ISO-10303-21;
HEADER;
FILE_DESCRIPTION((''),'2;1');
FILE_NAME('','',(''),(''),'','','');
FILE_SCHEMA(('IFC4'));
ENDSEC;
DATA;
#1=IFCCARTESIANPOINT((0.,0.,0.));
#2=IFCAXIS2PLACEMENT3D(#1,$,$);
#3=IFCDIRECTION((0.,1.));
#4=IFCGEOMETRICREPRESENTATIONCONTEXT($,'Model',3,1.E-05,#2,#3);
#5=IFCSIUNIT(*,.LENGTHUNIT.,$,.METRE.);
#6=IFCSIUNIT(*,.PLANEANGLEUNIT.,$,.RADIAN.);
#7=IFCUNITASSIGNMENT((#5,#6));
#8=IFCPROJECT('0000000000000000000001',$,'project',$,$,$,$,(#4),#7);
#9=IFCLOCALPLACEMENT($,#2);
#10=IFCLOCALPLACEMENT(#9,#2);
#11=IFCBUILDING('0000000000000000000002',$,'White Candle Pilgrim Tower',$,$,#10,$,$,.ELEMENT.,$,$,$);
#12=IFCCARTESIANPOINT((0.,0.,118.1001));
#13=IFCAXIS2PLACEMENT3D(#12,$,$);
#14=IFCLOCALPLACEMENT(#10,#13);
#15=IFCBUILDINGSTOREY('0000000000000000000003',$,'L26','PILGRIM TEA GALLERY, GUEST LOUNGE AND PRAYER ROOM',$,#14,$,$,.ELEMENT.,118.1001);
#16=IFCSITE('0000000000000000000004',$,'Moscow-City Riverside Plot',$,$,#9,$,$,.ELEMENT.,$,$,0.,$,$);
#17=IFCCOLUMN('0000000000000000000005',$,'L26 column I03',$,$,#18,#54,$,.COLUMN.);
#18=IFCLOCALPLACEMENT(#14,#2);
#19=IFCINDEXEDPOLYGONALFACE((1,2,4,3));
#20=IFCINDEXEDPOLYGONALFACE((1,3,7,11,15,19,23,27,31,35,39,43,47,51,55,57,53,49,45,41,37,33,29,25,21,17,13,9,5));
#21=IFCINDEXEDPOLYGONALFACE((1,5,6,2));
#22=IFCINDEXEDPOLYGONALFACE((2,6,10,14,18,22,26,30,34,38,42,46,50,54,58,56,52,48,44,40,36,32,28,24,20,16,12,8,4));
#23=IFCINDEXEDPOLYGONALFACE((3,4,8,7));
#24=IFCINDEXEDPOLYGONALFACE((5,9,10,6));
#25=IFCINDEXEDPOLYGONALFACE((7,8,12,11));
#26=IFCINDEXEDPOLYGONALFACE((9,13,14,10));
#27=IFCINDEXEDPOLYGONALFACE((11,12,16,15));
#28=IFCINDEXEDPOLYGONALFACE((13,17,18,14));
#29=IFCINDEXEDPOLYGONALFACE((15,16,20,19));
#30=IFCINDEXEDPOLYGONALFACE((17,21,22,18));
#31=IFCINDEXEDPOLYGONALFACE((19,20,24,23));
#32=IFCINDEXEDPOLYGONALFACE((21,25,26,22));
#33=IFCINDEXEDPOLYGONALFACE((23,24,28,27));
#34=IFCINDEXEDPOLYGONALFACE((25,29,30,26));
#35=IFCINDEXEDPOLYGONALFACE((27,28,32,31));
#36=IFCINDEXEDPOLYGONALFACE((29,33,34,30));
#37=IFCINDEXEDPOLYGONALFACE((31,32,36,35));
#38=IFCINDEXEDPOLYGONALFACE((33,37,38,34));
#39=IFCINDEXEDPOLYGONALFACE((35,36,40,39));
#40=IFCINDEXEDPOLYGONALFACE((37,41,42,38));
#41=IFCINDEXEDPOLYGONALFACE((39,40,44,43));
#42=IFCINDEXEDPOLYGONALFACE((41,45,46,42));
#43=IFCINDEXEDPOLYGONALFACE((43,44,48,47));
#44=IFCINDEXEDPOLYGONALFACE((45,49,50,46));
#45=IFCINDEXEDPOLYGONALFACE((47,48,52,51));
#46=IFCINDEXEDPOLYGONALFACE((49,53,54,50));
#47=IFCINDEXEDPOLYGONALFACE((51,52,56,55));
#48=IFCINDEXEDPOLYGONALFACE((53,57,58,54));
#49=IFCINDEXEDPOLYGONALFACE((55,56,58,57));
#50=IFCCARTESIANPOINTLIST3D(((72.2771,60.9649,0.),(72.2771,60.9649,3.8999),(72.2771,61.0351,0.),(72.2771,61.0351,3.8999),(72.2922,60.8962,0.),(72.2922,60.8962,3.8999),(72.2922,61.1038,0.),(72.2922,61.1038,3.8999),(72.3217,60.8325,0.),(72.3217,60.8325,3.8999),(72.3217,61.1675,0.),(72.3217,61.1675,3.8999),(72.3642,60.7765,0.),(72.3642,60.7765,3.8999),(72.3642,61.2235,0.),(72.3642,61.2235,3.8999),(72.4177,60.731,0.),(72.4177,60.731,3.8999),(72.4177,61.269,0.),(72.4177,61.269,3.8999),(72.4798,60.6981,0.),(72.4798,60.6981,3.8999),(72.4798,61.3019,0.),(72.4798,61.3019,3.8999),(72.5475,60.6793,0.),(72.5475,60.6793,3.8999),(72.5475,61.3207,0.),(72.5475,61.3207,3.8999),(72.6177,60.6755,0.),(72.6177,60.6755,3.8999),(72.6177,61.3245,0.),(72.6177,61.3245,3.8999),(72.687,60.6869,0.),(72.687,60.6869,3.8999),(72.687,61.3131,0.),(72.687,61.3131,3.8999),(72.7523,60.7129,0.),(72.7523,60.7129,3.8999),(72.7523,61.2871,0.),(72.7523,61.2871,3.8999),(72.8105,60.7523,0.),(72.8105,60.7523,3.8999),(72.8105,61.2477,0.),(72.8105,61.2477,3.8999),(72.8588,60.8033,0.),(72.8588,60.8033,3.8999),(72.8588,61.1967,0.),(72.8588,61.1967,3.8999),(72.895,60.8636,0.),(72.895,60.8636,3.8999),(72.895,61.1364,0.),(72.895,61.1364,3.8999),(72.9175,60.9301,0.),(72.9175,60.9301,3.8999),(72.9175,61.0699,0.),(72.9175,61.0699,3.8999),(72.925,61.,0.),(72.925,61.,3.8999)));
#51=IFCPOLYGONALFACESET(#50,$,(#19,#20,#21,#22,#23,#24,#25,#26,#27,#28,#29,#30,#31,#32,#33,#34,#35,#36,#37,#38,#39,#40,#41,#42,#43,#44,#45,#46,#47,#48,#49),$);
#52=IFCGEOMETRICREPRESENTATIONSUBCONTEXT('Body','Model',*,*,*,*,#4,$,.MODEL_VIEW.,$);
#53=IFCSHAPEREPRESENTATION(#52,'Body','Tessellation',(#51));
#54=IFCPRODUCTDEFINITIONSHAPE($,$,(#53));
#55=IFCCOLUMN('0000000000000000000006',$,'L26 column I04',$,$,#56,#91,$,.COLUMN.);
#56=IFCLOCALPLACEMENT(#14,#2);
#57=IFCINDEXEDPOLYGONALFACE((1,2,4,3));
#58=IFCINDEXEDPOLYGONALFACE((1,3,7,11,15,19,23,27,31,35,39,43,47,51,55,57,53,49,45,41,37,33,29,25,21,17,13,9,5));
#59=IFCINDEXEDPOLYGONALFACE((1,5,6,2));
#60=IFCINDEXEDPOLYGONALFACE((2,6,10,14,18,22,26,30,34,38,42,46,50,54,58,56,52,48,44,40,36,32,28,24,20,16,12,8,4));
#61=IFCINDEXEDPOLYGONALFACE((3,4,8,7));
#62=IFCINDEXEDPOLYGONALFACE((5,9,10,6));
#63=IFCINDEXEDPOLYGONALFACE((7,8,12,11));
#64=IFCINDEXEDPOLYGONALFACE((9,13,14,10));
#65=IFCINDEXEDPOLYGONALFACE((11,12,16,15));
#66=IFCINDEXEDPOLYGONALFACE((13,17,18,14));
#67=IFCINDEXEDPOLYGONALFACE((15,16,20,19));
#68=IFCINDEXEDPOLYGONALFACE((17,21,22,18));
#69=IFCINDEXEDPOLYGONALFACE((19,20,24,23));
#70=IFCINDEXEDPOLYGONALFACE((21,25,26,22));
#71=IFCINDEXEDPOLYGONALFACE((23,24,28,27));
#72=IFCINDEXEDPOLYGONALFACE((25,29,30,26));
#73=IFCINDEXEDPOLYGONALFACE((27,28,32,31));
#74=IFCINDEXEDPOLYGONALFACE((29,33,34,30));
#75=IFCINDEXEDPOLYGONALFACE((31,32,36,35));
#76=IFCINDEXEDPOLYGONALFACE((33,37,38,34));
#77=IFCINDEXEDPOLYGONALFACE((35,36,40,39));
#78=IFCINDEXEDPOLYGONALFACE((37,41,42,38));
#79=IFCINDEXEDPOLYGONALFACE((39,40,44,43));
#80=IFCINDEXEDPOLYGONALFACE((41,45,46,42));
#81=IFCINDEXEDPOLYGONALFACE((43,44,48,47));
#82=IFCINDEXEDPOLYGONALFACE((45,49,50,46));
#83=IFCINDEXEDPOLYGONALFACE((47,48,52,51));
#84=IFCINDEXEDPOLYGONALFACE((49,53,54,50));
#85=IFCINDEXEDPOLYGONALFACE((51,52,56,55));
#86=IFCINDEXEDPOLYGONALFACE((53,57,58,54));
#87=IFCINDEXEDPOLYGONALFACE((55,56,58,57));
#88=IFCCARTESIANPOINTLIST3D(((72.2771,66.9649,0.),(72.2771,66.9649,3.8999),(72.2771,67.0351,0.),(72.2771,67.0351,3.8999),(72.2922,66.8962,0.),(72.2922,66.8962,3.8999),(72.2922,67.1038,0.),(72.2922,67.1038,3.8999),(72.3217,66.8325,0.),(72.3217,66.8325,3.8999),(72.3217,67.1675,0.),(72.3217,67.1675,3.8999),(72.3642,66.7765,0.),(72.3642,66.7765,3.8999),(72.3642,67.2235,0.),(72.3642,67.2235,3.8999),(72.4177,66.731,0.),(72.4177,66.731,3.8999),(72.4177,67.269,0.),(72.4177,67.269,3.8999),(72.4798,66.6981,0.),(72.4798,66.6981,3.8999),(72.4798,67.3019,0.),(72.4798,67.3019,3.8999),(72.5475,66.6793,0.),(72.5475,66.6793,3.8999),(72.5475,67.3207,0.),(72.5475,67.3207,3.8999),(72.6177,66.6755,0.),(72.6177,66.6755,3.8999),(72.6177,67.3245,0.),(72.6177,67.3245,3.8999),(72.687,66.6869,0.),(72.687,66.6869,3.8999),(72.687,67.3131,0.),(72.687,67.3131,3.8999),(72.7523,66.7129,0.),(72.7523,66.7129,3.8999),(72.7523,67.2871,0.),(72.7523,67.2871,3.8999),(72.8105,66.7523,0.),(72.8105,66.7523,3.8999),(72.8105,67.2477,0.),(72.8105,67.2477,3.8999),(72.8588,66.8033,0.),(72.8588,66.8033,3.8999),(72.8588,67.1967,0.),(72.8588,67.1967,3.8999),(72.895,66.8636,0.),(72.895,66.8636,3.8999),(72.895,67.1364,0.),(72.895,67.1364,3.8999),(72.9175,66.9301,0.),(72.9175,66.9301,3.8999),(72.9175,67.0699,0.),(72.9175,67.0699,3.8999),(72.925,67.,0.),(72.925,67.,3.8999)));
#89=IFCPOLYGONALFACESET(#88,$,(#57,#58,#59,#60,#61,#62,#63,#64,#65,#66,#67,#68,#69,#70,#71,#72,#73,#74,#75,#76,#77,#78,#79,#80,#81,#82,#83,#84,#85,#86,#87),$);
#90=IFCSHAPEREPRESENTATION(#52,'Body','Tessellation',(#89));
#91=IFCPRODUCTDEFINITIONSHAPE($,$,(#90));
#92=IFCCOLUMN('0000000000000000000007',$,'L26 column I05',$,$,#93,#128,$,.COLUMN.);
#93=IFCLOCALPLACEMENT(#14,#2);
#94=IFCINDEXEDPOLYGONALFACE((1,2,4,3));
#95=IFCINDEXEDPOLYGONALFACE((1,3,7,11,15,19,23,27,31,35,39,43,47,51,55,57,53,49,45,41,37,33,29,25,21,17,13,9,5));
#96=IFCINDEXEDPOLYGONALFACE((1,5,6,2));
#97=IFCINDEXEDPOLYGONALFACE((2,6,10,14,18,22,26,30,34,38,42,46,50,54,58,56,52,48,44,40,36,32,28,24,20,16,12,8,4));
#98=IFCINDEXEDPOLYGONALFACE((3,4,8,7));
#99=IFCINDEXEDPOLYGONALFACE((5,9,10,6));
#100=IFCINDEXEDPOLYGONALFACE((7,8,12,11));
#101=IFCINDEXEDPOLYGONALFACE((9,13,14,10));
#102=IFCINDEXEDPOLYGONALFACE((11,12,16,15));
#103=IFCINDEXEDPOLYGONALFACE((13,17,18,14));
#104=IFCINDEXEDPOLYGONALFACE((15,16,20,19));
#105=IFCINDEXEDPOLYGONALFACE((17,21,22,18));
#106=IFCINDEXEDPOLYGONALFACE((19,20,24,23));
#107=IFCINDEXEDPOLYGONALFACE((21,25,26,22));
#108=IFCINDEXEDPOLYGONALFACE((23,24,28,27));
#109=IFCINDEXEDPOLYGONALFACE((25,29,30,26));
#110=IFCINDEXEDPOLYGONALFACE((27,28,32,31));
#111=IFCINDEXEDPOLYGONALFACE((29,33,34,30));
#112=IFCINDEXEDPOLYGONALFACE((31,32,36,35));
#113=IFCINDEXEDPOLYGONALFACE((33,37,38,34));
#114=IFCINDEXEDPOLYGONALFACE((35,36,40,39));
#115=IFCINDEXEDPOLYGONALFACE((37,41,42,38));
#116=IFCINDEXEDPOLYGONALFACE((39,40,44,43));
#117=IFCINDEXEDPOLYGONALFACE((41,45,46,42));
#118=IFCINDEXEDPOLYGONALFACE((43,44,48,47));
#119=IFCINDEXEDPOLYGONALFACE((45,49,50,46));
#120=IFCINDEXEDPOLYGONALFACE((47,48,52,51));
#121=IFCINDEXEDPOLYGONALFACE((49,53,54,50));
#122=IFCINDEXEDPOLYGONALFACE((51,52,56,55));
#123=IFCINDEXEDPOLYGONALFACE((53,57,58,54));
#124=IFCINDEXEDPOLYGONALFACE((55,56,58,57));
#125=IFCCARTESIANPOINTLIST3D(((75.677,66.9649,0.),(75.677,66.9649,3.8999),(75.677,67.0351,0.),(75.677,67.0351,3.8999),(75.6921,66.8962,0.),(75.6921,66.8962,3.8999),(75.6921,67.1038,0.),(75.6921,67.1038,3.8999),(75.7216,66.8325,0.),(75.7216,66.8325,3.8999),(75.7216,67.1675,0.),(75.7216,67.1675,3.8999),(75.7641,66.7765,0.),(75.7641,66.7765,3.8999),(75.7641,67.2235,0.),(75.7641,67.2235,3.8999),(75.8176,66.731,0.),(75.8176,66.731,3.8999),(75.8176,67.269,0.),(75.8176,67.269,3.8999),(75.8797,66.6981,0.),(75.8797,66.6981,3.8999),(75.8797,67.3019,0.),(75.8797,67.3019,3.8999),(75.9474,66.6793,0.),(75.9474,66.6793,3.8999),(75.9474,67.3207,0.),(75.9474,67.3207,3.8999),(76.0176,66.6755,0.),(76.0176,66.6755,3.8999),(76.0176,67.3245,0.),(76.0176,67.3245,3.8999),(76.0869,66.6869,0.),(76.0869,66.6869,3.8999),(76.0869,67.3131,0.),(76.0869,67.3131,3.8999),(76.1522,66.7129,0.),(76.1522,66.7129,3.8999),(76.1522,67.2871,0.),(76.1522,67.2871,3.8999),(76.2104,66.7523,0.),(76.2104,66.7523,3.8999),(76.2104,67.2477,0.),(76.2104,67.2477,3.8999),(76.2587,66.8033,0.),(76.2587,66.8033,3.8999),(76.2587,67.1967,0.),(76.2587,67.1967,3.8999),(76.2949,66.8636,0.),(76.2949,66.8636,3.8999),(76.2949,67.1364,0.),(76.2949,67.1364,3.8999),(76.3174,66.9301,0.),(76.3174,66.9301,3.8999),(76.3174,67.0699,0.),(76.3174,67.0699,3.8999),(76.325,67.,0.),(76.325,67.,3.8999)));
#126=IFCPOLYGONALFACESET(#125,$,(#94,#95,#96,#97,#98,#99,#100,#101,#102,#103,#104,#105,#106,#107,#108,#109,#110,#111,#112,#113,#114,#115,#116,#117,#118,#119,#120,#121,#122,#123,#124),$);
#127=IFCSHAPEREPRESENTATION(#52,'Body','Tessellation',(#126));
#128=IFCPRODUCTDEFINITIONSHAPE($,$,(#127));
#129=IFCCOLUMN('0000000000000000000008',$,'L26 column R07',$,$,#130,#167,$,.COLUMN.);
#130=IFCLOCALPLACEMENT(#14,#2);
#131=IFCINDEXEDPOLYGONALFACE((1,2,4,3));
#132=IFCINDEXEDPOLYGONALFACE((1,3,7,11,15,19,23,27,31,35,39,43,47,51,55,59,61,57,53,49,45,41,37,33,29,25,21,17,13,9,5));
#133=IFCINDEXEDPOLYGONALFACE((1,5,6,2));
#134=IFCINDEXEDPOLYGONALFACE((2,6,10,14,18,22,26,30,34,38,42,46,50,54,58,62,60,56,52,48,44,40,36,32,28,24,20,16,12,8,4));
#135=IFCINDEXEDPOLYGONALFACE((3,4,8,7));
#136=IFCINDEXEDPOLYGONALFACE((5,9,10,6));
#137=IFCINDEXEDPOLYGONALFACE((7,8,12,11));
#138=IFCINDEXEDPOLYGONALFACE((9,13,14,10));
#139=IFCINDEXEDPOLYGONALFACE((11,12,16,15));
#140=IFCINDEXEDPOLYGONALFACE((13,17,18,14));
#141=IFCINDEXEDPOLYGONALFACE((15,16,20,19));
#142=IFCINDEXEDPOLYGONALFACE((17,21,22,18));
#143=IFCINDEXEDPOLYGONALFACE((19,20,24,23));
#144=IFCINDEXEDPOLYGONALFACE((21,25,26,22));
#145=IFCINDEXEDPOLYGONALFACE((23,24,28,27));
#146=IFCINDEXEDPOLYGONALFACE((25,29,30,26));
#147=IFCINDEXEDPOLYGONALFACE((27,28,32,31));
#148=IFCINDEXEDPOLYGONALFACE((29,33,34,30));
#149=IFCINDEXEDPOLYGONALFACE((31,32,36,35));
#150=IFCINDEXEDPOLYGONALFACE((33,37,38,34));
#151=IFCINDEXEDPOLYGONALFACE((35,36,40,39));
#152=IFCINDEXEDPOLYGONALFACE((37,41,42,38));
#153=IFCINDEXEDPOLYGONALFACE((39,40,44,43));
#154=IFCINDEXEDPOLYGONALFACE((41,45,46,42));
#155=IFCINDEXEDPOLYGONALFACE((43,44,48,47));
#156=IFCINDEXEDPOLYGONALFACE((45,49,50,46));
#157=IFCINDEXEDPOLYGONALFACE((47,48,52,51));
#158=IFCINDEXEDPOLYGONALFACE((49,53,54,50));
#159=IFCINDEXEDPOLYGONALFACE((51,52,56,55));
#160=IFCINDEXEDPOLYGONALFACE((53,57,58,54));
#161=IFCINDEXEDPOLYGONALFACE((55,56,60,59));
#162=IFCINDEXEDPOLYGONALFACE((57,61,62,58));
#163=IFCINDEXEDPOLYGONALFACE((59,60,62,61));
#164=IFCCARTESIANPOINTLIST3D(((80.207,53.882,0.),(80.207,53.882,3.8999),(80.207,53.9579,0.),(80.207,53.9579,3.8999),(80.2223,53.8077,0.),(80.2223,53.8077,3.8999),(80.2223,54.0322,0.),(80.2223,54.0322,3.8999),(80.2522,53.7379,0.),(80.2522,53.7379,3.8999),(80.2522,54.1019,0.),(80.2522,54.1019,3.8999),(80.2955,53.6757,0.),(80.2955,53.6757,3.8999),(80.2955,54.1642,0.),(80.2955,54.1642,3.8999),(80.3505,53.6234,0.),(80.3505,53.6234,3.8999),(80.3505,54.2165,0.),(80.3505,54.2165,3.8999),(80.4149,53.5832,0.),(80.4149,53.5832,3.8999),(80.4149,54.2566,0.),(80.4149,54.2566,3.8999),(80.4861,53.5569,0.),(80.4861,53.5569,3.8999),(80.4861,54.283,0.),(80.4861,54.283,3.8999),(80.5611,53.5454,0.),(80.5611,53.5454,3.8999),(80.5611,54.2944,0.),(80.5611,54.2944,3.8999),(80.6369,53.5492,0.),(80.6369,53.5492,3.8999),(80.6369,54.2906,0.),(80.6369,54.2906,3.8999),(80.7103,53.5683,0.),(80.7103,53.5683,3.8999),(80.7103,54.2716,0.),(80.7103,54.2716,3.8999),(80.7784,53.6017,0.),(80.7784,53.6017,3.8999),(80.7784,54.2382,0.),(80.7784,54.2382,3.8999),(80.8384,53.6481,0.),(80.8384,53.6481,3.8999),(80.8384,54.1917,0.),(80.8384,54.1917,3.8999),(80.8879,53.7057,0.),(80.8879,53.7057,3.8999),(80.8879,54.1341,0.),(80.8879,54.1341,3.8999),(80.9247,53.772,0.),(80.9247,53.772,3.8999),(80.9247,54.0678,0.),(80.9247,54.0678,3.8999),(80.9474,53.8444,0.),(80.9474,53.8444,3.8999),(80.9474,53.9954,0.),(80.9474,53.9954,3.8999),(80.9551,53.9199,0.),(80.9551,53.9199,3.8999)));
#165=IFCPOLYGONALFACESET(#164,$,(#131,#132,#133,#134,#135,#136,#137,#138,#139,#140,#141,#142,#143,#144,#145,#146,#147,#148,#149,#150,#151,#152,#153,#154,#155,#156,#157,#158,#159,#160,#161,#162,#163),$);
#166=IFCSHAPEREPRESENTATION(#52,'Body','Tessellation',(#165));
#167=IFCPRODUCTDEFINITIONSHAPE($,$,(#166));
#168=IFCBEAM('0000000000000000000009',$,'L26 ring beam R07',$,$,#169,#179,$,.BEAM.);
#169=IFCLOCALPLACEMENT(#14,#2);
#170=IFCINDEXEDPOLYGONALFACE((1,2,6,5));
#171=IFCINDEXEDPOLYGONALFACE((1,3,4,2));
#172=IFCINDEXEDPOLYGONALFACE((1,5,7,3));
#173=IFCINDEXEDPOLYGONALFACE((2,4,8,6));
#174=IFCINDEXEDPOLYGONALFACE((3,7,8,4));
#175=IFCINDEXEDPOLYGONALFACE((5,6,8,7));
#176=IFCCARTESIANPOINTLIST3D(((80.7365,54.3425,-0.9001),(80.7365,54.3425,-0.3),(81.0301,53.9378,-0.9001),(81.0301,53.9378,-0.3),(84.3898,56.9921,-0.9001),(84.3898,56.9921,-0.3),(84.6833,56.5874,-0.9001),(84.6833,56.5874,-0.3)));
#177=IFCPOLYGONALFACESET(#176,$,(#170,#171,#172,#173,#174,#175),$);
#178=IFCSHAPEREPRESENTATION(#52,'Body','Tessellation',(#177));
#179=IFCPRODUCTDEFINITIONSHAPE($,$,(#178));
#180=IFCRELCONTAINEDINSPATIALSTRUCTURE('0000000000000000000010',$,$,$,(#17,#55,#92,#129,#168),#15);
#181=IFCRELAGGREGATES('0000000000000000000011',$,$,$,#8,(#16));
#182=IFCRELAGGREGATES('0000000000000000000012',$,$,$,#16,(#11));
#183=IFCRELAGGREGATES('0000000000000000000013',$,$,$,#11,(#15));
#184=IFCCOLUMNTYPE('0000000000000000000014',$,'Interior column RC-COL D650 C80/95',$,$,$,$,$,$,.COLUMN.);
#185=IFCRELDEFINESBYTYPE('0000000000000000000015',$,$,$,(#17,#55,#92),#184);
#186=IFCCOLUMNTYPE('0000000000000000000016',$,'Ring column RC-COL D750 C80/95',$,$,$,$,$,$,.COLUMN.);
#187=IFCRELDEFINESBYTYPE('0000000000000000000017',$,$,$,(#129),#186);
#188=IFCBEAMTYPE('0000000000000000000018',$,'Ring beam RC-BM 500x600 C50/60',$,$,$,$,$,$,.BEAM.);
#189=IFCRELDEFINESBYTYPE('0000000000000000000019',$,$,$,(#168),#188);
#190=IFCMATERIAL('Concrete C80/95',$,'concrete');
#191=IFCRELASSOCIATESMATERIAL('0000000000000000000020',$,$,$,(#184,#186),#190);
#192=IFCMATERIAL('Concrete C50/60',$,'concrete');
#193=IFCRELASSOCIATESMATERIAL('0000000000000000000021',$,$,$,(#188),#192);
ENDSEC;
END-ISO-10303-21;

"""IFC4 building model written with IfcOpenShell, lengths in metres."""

from ifc_helpers import new_model, si_unit, direction, frame, origin, origin_2d, place, context, subcontext, project, spatial, rectangle, circle, extrude, material, material_profile, profile_set, type_object, element, save


model = new_model("IFC4")

# Units and contexts
model_context = context("Model", 3, precision=1e-05, world=origin(), true_north=direction((0.0, 1.0)))
body_context = subcontext(model_context, "Body", "Model", "MODEL_VIEW")
ifc_project = project(units=[si_unit("LENGTHUNIT", "METRE"), si_unit("PLANEANGLEUNIT", "RADIAN")], contexts=[model_context])

# Site, building, storey
site_placement = place(None, origin())
site = spatial("IfcSite", under=ifc_project, at=site_placement, Name="Moscow-City Riverside Plot", CompositionType="ELEMENT", RefElevation=0.0)
building_placement = place(site_placement, origin())
building = spatial("IfcBuilding", under=site, at=building_placement, Name="White Candle Pilgrim Tower", CompositionType="ELEMENT")
storey_placement = place(building_placement, frame((0.0, 0.0, 118.1001)))
storey = spatial("IfcBuildingStorey", under=building, at=storey_placement, Name="L26", Description="PILGRIM TEA GALLERY, GUEST LOUNGE AND PRAYER ROOM", CompositionType="ELEMENT", Elevation=118.1001)

# Columns
ifc_material_1 = material(Name="Concrete C80/95", Category="concrete")
ifc_material_profile_1 = material_profile(ifc_material_1, circle(Radius=0.325, at=origin_2d()), Name="RC-COL D650")
ifc_profile_set_1 = profile_set([ifc_material_profile_1], Name="Concrete C80/95")
column_type_1 = type_object("IfcColumnType", Name="Interior column RC-COL D650 C80/95", PredefinedType="COLUMN", material=ifc_profile_set_1)
for number, where, z_axis, x_axis, name in (
    (1, (72.6001, 61.0, 0.0), (0.0, 0.0, 1.0), (1.0, 0.0, 0.0), "L26 column I03"),
    (2, (72.6001, 67.0, 0.0), (0.0, 0.0, 1.0), (1.0, 0.0, 0.0), "L26 column I04"),
    (3, (76.0, 67.0, 0.0), (0.0, 0.0, 1.0), (1.0, 0.0, 0.0), "L26 column I05"),
):
    element("IfcColumn", number, at=place(storey_placement, frame(where, z_axis=z_axis, x_axis=x_axis)), inside=storey, type_object=column_type_1, Name=name, PredefinedType="COLUMN", context=body_context, shape_type="SweptSolid", body=[
        extrude(circle(Radius=0.325, at=origin_2d()), origin(), (0.0, 0.0, 1.0), 3.8999),
    ])
ifc_material_profile_2 = material_profile(ifc_material_1, circle(Radius=0.375, at=origin_2d()), Name="RC-COL D750")
ifc_profile_set_2 = profile_set([ifc_material_profile_2], Name="Concrete C80/95")
column_type_2 = type_object("IfcColumnType", Name="Ring column RC-COL D750 C80/95", PredefinedType="COLUMN", material=ifc_profile_set_2)
column_placement = place(storey_placement, frame((80.5801, 53.9199, 0.0), z_axis=(0.0, 0.0, 1.0), x_axis=(1.0, 0.0, 0.0)))
element("IfcColumn", 4, at=column_placement, inside=storey, type_object=column_type_2, Name="L26 column R07", PredefinedType="COLUMN", context=body_context, shape_type="SweptSolid", body=[
    extrude(circle(Radius=0.375, at=origin_2d()), origin(), (0.0, 0.0, 1.0), 3.8999),
])

# Beam
ifc_material_2 = material(Name="Concrete C50/60", Category="concrete")
ifc_material_profile_3 = material_profile(ifc_material_2, rectangle(XDim=0.5, YDim=0.6001, at=origin_2d()), Name="RC-BM 500x600")
ifc_profile_set_3 = profile_set([ifc_material_profile_3], Name="Concrete C50/60")
beam_type = type_object("IfcBeamType", Name="Ring beam RC-BM 500x600 C50/60", PredefinedType="BEAM", material=ifc_profile_set_3)
beam_placement = place(storey_placement, frame((80.8833, 54.1401, -0.6001), z_axis=(0.809505, 0.587113, 0.0), x_axis=(-0.587113, 0.809505, 0.0)))
element("IfcBeam", 5, at=beam_placement, inside=storey, type_object=beam_type, Name="L26 ring beam R07", PredefinedType="BEAM", context=body_context, shape_type="SweptSolid", body=[
    extrude(rectangle(XDim=0.5, YDim=0.6001, at=origin_2d()), origin(), (0.0, 0.0, 1.0), 4.5129),
])

save(model, "model.ifc")
